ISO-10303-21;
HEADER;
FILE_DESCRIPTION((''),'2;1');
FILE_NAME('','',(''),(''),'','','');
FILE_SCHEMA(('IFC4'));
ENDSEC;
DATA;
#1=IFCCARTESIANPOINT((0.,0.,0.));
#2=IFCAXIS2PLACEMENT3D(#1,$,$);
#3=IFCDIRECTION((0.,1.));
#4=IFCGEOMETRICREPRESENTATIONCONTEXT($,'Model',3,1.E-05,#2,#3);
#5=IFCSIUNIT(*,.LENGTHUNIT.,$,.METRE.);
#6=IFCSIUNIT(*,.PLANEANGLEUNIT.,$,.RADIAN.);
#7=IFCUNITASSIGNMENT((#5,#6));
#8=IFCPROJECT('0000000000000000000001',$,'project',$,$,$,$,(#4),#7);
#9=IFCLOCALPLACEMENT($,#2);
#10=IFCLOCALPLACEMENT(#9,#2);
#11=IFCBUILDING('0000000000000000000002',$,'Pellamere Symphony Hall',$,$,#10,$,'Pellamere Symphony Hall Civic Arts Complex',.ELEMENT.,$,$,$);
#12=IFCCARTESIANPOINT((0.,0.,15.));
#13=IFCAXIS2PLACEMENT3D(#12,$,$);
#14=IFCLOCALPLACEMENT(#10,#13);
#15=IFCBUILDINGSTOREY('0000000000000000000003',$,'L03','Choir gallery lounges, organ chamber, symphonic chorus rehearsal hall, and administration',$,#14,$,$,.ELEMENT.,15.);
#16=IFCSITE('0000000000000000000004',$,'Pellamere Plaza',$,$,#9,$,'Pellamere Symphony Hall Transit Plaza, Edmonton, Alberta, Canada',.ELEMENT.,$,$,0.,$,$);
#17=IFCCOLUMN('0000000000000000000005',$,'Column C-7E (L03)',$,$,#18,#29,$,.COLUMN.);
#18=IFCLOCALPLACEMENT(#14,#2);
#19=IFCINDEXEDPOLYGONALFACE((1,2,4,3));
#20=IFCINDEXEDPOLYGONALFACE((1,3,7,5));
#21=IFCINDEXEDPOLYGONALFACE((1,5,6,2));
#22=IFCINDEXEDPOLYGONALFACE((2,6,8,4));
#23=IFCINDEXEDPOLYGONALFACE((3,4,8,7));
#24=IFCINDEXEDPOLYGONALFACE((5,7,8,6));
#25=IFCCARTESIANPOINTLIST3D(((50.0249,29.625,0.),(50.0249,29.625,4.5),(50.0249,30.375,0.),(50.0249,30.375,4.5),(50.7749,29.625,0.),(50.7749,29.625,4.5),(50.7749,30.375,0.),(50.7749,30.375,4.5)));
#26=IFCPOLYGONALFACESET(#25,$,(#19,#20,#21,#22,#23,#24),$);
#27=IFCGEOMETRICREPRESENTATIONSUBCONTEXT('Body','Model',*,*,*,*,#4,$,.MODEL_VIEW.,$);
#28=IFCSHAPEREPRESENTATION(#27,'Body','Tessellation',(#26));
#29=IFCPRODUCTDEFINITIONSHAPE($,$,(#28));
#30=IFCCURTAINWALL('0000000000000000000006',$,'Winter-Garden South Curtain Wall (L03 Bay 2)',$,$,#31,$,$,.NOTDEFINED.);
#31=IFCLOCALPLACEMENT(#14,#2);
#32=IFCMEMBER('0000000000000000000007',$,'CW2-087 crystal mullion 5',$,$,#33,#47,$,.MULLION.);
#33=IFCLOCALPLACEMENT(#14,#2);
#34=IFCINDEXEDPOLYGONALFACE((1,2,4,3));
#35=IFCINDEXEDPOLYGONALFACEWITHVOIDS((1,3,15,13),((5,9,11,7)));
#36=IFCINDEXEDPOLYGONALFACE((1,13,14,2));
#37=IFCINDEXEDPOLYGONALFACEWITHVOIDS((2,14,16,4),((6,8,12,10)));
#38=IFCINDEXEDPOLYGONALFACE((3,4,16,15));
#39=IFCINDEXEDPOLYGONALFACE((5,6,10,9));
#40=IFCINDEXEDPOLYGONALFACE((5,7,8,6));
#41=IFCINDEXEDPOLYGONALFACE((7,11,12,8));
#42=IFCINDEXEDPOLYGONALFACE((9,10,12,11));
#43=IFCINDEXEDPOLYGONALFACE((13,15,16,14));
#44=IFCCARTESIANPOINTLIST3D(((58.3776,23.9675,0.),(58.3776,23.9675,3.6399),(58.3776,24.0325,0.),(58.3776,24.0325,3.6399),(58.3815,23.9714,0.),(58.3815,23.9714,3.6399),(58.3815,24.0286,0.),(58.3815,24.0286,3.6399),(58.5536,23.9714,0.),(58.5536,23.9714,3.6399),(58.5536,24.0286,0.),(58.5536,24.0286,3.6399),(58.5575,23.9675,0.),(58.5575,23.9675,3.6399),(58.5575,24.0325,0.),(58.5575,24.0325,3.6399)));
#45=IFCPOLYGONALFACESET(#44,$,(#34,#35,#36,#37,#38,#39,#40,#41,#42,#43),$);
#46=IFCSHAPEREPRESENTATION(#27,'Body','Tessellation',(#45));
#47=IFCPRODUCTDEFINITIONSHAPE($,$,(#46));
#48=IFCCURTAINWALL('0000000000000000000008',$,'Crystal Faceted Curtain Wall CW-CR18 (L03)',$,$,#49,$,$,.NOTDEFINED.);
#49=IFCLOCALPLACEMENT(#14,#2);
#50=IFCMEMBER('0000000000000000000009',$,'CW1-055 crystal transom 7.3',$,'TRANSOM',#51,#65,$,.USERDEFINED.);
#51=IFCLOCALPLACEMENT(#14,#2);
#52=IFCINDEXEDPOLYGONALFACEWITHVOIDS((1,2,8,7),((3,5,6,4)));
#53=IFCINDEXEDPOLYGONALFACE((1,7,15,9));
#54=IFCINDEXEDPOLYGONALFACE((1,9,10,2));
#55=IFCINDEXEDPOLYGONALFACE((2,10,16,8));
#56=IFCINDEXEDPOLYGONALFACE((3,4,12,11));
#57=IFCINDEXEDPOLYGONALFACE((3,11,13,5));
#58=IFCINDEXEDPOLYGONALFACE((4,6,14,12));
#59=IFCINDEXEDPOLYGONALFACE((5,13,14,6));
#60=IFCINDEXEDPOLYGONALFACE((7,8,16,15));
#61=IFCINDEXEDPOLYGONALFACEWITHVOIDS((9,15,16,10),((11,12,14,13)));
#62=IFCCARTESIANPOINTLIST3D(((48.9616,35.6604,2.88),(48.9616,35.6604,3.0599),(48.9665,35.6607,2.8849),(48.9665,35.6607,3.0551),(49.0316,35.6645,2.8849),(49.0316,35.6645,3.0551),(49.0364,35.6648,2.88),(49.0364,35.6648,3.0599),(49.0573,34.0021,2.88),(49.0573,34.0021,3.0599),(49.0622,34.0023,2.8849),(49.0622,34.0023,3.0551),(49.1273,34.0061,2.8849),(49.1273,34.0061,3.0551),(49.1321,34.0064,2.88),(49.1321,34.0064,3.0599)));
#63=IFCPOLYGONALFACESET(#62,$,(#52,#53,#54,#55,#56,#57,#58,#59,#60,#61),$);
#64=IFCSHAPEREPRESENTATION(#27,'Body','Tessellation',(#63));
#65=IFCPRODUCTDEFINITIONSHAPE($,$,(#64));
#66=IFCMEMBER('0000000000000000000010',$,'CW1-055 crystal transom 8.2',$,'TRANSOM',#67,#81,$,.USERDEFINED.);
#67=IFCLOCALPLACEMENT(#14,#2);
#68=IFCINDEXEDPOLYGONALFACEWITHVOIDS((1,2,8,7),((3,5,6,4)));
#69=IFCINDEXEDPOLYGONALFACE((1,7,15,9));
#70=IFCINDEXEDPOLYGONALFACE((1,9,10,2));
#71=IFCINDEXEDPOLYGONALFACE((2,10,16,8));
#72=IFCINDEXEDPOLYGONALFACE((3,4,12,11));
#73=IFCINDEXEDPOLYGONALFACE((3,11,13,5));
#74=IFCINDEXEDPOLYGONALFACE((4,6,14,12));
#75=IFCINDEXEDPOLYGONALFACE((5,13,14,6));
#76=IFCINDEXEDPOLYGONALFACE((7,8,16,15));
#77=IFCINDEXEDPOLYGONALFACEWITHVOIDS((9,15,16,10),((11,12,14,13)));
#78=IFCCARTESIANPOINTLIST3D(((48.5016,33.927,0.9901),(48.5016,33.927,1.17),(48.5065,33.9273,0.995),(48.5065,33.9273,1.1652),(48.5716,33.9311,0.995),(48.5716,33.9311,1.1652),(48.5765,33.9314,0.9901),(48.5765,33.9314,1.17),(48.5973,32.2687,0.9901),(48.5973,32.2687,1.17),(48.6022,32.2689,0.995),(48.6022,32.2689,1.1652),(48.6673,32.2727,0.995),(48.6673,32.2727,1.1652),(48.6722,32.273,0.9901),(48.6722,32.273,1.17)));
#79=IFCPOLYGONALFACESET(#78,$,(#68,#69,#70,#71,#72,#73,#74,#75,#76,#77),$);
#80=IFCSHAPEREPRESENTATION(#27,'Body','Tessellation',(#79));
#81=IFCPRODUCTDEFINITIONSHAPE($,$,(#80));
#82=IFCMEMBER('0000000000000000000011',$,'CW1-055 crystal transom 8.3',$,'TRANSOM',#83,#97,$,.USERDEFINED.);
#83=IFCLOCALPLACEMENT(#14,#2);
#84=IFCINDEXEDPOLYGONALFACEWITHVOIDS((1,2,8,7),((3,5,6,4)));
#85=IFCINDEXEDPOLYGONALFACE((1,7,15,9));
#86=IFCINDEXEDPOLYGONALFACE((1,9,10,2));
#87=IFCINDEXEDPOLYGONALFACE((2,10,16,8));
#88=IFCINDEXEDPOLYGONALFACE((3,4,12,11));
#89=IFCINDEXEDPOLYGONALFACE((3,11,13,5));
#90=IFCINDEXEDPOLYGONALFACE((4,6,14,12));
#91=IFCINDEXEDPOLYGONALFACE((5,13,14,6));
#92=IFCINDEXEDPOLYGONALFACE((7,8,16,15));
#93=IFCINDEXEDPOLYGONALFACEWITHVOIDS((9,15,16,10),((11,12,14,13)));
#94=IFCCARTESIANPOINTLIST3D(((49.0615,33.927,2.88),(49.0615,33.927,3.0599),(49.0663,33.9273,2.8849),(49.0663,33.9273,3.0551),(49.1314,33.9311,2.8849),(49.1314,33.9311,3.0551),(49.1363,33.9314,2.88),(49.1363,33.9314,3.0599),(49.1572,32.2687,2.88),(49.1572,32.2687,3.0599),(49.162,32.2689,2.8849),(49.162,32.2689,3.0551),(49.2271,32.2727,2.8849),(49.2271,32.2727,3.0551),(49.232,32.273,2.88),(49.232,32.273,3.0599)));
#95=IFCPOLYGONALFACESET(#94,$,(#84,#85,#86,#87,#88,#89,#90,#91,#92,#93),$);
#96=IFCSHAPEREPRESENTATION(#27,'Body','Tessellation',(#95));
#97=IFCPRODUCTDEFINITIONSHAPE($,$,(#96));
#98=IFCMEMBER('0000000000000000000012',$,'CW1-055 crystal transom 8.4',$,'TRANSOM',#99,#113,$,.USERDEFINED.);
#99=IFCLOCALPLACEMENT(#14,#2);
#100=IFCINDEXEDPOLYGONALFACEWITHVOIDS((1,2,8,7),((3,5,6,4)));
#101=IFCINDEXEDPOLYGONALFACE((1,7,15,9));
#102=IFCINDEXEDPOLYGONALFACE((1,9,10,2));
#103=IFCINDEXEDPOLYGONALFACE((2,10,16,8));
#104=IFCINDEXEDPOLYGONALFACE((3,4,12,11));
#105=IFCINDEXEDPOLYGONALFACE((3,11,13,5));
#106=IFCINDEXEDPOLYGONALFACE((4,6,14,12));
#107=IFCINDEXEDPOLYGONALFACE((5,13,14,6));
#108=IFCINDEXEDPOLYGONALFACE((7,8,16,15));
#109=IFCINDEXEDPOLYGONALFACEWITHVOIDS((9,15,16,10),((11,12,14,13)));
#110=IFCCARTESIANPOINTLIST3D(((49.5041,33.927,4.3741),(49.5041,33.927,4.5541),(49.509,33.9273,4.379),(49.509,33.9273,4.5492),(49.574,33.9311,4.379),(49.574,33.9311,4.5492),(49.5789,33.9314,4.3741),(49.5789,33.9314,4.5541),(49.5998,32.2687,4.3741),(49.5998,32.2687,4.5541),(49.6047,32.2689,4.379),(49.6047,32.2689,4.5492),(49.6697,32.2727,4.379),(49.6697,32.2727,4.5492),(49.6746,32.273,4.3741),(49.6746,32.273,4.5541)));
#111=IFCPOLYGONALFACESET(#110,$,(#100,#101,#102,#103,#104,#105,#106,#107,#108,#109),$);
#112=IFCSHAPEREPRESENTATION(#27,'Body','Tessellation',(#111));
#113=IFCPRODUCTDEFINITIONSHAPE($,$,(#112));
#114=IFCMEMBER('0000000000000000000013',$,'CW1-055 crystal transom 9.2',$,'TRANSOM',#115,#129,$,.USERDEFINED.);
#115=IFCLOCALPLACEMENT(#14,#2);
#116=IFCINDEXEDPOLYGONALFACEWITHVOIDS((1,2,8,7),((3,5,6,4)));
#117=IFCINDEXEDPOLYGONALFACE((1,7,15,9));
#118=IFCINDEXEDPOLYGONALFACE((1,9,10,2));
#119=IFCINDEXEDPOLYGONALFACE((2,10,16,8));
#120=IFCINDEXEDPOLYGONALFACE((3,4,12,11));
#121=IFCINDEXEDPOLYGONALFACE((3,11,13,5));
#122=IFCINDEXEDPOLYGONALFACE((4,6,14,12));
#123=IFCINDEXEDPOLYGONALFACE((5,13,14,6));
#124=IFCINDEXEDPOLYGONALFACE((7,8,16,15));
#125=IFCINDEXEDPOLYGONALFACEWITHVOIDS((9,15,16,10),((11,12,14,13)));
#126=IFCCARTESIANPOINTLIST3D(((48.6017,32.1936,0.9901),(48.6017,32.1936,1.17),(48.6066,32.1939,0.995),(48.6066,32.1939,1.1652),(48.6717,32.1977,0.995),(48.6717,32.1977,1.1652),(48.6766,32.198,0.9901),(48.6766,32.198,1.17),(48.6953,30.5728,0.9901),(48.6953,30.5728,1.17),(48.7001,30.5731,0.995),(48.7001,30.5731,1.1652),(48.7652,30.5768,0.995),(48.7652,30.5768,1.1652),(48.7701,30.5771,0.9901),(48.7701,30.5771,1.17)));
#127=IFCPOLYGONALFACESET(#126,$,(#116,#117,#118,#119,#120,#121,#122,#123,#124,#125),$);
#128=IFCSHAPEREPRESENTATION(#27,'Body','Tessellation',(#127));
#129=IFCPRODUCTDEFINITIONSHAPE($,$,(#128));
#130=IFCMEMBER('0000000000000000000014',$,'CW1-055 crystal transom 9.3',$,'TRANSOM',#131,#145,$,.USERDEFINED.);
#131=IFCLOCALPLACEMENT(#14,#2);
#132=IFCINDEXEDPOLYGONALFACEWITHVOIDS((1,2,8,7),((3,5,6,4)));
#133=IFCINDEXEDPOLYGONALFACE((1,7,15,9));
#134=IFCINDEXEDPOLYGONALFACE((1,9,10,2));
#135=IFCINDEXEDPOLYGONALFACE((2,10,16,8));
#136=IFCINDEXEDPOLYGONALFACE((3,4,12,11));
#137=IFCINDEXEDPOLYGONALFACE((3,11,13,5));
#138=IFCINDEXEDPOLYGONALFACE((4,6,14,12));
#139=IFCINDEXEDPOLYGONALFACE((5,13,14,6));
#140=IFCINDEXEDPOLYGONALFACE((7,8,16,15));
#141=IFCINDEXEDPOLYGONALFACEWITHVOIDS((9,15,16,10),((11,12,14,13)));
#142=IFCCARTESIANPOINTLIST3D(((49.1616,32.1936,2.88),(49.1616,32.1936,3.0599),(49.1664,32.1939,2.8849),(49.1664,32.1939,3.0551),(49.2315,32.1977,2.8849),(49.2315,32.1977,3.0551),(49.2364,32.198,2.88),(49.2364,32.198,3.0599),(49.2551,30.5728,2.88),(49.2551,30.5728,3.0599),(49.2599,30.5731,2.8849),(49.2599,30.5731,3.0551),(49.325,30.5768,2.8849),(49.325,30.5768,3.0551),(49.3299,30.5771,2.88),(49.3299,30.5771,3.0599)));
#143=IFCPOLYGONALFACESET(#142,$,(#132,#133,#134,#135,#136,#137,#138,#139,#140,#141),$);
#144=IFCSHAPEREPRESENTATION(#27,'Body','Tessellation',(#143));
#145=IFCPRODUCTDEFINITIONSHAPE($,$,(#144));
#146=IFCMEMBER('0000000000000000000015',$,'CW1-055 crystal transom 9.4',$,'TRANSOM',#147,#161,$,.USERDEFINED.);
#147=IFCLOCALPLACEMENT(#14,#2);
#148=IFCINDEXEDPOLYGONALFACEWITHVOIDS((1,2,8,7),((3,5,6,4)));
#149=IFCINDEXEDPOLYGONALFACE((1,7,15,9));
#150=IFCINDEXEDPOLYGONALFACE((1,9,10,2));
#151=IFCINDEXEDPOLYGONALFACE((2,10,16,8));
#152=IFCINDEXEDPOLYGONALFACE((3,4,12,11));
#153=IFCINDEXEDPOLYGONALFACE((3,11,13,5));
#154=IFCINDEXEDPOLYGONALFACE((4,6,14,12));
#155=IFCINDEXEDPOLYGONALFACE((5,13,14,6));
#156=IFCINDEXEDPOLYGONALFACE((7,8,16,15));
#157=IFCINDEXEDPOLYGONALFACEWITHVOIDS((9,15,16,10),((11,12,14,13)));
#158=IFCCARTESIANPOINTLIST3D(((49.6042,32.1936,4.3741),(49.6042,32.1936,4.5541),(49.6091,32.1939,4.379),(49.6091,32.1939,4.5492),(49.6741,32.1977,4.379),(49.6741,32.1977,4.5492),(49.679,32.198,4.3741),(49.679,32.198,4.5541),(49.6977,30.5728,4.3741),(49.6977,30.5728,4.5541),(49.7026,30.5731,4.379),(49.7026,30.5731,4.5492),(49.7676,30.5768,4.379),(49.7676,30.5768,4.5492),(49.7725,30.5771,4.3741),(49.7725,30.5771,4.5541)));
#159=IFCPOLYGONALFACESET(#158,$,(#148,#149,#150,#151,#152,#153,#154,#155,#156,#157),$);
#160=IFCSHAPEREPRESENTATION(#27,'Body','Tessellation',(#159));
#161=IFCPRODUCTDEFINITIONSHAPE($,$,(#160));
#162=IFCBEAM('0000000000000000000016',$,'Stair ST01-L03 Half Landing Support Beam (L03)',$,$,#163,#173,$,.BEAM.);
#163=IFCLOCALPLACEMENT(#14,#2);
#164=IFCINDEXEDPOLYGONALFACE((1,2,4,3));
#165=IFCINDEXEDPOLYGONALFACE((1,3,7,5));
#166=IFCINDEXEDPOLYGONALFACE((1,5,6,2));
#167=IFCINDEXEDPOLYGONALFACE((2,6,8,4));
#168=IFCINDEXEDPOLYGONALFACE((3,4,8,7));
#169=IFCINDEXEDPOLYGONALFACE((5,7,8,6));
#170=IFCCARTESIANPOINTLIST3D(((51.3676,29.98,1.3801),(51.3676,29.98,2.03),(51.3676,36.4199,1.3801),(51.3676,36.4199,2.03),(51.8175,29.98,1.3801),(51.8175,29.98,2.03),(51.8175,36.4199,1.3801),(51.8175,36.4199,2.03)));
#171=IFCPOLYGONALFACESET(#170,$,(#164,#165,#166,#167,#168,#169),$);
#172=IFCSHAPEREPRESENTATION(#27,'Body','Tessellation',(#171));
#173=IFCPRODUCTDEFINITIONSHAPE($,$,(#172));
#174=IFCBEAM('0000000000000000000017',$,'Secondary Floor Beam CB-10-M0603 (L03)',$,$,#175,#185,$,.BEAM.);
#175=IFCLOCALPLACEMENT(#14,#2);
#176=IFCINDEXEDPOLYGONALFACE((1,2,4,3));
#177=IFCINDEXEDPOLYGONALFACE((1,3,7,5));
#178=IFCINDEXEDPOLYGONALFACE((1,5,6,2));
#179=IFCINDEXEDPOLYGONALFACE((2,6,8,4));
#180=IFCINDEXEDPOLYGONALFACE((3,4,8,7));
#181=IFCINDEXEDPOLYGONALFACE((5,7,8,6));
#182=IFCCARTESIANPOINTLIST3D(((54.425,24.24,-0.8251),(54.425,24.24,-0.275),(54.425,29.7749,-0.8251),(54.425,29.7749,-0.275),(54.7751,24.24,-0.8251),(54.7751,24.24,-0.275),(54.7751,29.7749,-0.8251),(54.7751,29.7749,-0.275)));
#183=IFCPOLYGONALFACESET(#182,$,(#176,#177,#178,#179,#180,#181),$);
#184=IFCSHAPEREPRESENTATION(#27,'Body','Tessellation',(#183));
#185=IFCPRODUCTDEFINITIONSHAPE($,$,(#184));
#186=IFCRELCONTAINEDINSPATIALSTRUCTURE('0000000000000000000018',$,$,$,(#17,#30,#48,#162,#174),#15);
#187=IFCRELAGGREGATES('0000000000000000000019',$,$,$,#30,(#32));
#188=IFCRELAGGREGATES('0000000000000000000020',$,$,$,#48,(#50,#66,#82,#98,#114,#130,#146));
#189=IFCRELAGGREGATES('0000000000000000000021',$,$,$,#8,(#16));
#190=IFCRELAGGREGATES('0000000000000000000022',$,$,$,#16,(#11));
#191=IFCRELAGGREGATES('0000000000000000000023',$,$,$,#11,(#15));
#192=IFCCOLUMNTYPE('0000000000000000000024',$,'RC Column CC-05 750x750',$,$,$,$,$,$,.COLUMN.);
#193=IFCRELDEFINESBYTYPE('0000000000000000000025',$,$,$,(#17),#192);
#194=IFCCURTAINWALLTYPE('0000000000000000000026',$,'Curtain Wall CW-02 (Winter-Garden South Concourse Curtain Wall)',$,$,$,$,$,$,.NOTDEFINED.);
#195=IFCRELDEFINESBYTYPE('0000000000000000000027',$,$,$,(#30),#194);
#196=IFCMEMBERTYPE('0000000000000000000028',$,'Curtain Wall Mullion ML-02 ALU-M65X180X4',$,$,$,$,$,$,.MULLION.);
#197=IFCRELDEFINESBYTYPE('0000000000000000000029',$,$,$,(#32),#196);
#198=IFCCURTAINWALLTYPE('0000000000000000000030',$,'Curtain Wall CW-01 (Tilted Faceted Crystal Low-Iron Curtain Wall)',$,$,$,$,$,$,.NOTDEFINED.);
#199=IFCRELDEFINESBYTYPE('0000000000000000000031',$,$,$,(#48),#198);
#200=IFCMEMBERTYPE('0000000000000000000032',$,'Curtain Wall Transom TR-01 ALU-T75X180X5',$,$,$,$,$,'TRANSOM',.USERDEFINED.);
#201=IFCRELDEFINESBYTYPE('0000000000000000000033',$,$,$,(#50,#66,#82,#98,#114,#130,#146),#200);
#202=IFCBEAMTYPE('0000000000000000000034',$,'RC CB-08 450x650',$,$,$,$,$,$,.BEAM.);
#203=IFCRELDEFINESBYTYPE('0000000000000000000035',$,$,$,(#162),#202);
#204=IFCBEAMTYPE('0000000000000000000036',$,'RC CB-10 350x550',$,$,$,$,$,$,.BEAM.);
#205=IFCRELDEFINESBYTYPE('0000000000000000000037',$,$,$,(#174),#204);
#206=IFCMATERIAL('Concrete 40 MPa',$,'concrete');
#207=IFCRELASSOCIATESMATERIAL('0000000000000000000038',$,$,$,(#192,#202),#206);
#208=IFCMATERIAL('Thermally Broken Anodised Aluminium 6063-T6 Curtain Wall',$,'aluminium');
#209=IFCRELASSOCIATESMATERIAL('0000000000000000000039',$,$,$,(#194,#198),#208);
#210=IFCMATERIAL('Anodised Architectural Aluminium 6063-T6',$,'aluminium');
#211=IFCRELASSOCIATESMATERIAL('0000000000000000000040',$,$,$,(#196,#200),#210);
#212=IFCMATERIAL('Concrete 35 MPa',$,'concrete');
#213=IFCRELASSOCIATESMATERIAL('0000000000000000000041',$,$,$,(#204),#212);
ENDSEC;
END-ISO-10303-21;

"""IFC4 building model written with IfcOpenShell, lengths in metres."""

from ifc_helpers import new_model, si_unit, direction, frame, origin, origin_2d, place, context, subcontext, project, spatial, rectangle, hollow_rectangle, extrude, material, material_profile, profile_set, type_object, element, aggregate, save


model = new_model("IFC4")

# Units and contexts
model_context = context("Model", 3, precision=1e-05, world=origin(), true_north=direction((0.0, 1.0)))
body_context = subcontext(model_context, "Body", "Model", "MODEL_VIEW")
ifc_project = project(units=[si_unit("LENGTHUNIT", "METRE"), si_unit("PLANEANGLEUNIT", "RADIAN")], contexts=[model_context])

# Site, building, storey
site_placement = place(None, origin())
site = spatial("IfcSite", under=ifc_project, at=site_placement, Name="Pellamere Plaza", LongName="Pellamere Symphony Hall Transit Plaza, Edmonton, Alberta, Canada", CompositionType="ELEMENT", RefElevation=0.0)
building_placement = place(site_placement, origin())
building = spatial("IfcBuilding", under=site, at=building_placement, Name="Pellamere Symphony Hall", LongName="Pellamere Symphony Hall Civic Arts Complex", CompositionType="ELEMENT")
storey_placement = place(building_placement, frame((0.0, 0.0, 15.0)))
storey = spatial("IfcBuildingStorey", under=building, at=storey_placement, Name="L03", Description="Choir gallery lounges, organ chamber, symphonic chorus rehearsal hall, and administration", CompositionType="ELEMENT", Elevation=15.0)

# Column
ifc_material_1 = material(Name="Concrete 40 MPa", Category="concrete")
ifc_material_profile_1 = material_profile(ifc_material_1, rectangle(XDim=0.75, YDim=0.75, at=origin_2d()), Name="RC 750x750")
ifc_profile_set_1 = profile_set([ifc_material_profile_1], Name="Concrete 40 MPa")
column_type = type_object("IfcColumnType", Name="RC Column CC-05 750x750", PredefinedType="COLUMN", material=ifc_profile_set_1)
column_placement = place(storey_placement, frame((50.3999, 30.0, 0.0), z_axis=(0.0, 0.0, 1.0), x_axis=(1.0, 0.0, 0.0)))
element("IfcColumn", 1, at=column_placement, inside=storey, type_object=column_type, Name="Column C-7E (L03)", PredefinedType="COLUMN", context=body_context, shape_type="SweptSolid", body=[
    extrude(rectangle(XDim=0.75, YDim=0.75, at=origin_2d()), origin(), (0.0, 0.0, 1.0), 4.5),
])

# Curtain wall, member
ifc_material_2 = material(Name="Thermally Broken Anodised Aluminium 6063-T6 Curtain Wall", Category="aluminium")
curtain_wall_type_1 = type_object("IfcCurtainWallType", Name="Curtain Wall CW-02 (Winter-Garden South Concourse Curtain Wall)", PredefinedType="NOTDEFINED", material=ifc_material_2)
curtain_wall_1_placement = place(storey_placement, origin())
curtain_wall_1 = element("IfcCurtainWall", 2, at=curtain_wall_1_placement, inside=storey, type_object=curtain_wall_type_1, Name="Winter-Garden South Curtain Wall (L03 Bay 2)", PredefinedType="NOTDEFINED")
ifc_material_3 = material(Name="Anodised Architectural Aluminium 6063-T6", Category="aluminium")
ifc_material_profile_2 = material_profile(ifc_material_3, hollow_rectangle(XDim=0.0649, YDim=0.1799, WallThickness=0.0039, at=origin_2d()), Name="ALU-M65X180X4")
ifc_profile_set_2 = profile_set([ifc_material_profile_2], Name="Anodised Architectural Aluminium 6063-T6")
member_type_1 = type_object("IfcMemberType", Name="Curtain Wall Mullion ML-02 ALU-M65X180X4", PredefinedType="MULLION", material=ifc_profile_set_2)
member_1_placement = place(storey_placement, frame((58.4675, 24.0, 0.0), z_axis=(0.0, 0.0, 1.0), x_axis=(0.0, 1.0, 0.0)))
member_1 = element("IfcMember", 3, at=member_1_placement, type_object=member_type_1, Name="CW2-087 crystal mullion 5", PredefinedType="MULLION", context=body_context, shape_type="SweptSolid", body=[
    extrude(hollow_rectangle(XDim=0.0649, YDim=0.1799, WallThickness=0.0039, at=origin_2d()), origin(), (0.0, 0.0, 1.0), 3.6399),
])

# Curtain wall, members
curtain_wall_type_2 = type_object("IfcCurtainWallType", Name="Curtain Wall CW-01 (Tilted Faceted Crystal Low-Iron Curtain Wall)", PredefinedType="NOTDEFINED", material=ifc_material_2)
curtain_wall_2_placement = place(storey_placement, origin())
curtain_wall_2 = element("IfcCurtainWall", 4, at=curtain_wall_2_placement, inside=storey, type_object=curtain_wall_type_2, Name="Crystal Faceted Curtain Wall CW-CR18 (L03)", PredefinedType="NOTDEFINED")
ifc_material_profile_3 = material_profile(ifc_material_3, hollow_rectangle(XDim=0.075, YDim=0.1799, WallThickness=0.0049, at=origin_2d()), Name="ALU-T75X180X5")
ifc_profile_set_3 = profile_set([ifc_material_profile_3], Name="Anodised Architectural Aluminium 6063-T6")
member_type_2 = type_object("IfcMemberType", Name="Curtain Wall Transom TR-01 ALU-T75X180X5", ElementType="TRANSOM", PredefinedType="USERDEFINED", material=ifc_profile_set_3)
member_2_placement = place(storey_placement, frame((48.999, 35.6626, 2.97), z_axis=(0.057611, -0.998339, 0.0), x_axis=(0.998339, 0.057611, 0.0)))
member_2 = element("IfcMember", 5, at=member_2_placement, type_object=member_type_2, Name="CW1-055 crystal transom 7.3", ObjectType="TRANSOM", PredefinedType="USERDEFINED", context=body_context, shape_type="SweptSolid", body=[
    extrude(hollow_rectangle(XDim=0.075, YDim=0.1799, WallThickness=0.0049, at=origin_2d()), origin(), (0.0, 0.0, 1.0), 1.6611),
])
member_3_placement = place(storey_placement, frame((48.5391, 33.9292, 1.0801), z_axis=(0.057611, -0.998339, 0.0), x_axis=(0.998339, 0.057611, 0.0)))
member_3 = element("IfcMember", 6, at=member_3_placement, type_object=member_type_2, Name="CW1-055 crystal transom 8.2", ObjectType="TRANSOM", PredefinedType="USERDEFINED", context=body_context, shape_type="SweptSolid", body=[
    extrude(hollow_rectangle(XDim=0.075, YDim=0.1799, WallThickness=0.0049, at=origin_2d()), origin(), (0.0, 0.0, 1.0), 1.6611),
])
member_4_placement = place(storey_placement, frame((49.0989, 33.9292, 2.97), z_axis=(0.057611, -0.998339, 0.0), x_axis=(0.998339, 0.057611, 0.0)))
member_4 = element("IfcMember", 7, at=member_4_placement, type_object=member_type_2, Name="CW1-055 crystal transom 8.3", ObjectType="TRANSOM", PredefinedType="USERDEFINED", context=body_context, shape_type="SweptSolid", body=[
    extrude(hollow_rectangle(XDim=0.075, YDim=0.1799, WallThickness=0.0049, at=origin_2d()), origin(), (0.0, 0.0, 1.0), 1.6611),
])
member_5_placement = place(storey_placement, frame((49.5415, 33.9292, 4.4641), z_axis=(0.057611, -0.998339, 0.0), x_axis=(0.998339, 0.057611, 0.0)))
member_5 = element("IfcMember", 8, at=member_5_placement, type_object=member_type_2, Name="CW1-055 crystal transom 8.4", ObjectType="TRANSOM", PredefinedType="USERDEFINED", context=body_context, shape_type="SweptSolid", body=[
    extrude(hollow_rectangle(XDim=0.075, YDim=0.1799, WallThickness=0.0049, at=origin_2d()), origin(), (0.0, 0.0, 1.0), 1.6611),
])
member_6_placement = place(storey_placement, frame((48.6392, 32.1958, 1.0801), z_axis=(0.057594, -0.99834, 0.0), x_axis=(0.99834, 0.057594, 0.0)))
member_6 = element("IfcMember", 9, at=member_6_placement, type_object=member_type_2, Name="CW1-055 crystal transom 9.2", ObjectType="TRANSOM", PredefinedType="USERDEFINED", context=body_context, shape_type="SweptSolid", body=[
    extrude(hollow_rectangle(XDim=0.075, YDim=0.1799, WallThickness=0.0049, at=origin_2d()), origin(), (0.0, 0.0, 1.0), 1.6235),
])
member_7_placement = place(storey_placement, frame((49.199, 32.1958, 2.97), z_axis=(0.057594, -0.99834, 0.0), x_axis=(0.99834, 0.057594, 0.0)))
member_7 = element("IfcMember", 10, at=member_7_placement, type_object=member_type_2, Name="CW1-055 crystal transom 9.3", ObjectType="TRANSOM", PredefinedType="USERDEFINED", context=body_context, shape_type="SweptSolid", body=[
    extrude(hollow_rectangle(XDim=0.075, YDim=0.1799, WallThickness=0.0049, at=origin_2d()), origin(), (0.0, 0.0, 1.0), 1.6235),
])
member_8_placement = place(storey_placement, frame((49.6416, 32.1958, 4.4641), z_axis=(0.057594, -0.99834, 0.0), x_axis=(0.99834, 0.057594, 0.0)))
member_8 = element("IfcMember", 11, at=member_8_placement, type_object=member_type_2, Name="CW1-055 crystal transom 9.4", ObjectType="TRANSOM", PredefinedType="USERDEFINED", context=body_context, shape_type="SweptSolid", body=[
    extrude(hollow_rectangle(XDim=0.075, YDim=0.1799, WallThickness=0.0049, at=origin_2d()), origin(), (0.0, 0.0, 1.0), 1.6235),
])

# Beams
ifc_material_profile_4 = material_profile(ifc_material_1, rectangle(XDim=0.45, YDim=0.6499, at=origin_2d()), Name="RC 450x650")
ifc_profile_set_4 = profile_set([ifc_material_profile_4], Name="Concrete 40 MPa")
beam_type_1 = type_object("IfcBeamType", Name="RC CB-08 450x650", PredefinedType="BEAM", material=ifc_profile_set_4)
beam_1_placement = place(storey_placement, frame((51.5925, 29.98, 1.7051), z_axis=(0.0, 1.0, 0.0), x_axis=(-1.0, 0.0, 0.0)))
element("IfcBeam", 12, at=beam_1_placement, inside=storey, type_object=beam_type_1, Name="Stair ST01-L03 Half Landing Support Beam (L03)", PredefinedType="BEAM", context=body_context, shape_type="SweptSolid", body=[
    extrude(rectangle(XDim=0.45, YDim=0.6499, at=origin_2d()), origin(), (0.0, 0.0, 1.0), 6.4399),
])
ifc_material_4 = material(Name="Concrete 35 MPa", Category="concrete")
ifc_material_profile_5 = material_profile(ifc_material_4, rectangle(XDim=0.3501, YDim=0.55, at=origin_2d()), Name="RC 350x550")
ifc_profile_set_5 = profile_set([ifc_material_profile_5], Name="Concrete 35 MPa")
beam_type_2 = type_object("IfcBeamType", Name="RC CB-10 350x550", PredefinedType="BEAM", material=ifc_profile_set_5)
beam_2_placement = place(storey_placement, frame((54.6001, 24.24, -0.55), z_axis=(0.0, 1.0, 0.0), x_axis=(-1.0, 0.0, 0.0)))
element("IfcBeam", 13, at=beam_2_placement, inside=storey, type_object=beam_type_2, Name="Secondary Floor Beam CB-10-M0603 (L03)", PredefinedType="BEAM", context=body_context, shape_type="SweptSolid", body=[
    extrude(rectangle(XDim=0.3501, YDim=0.55, at=origin_2d()), origin(), (0.0, 0.0, 1.0), 5.5349),
])

aggregate(curtain_wall_1, [member_1])
aggregate(curtain_wall_2, [member_2, member_3, member_4, member_5, member_6, member_7, member_8])

save(model, "model.ifc")
